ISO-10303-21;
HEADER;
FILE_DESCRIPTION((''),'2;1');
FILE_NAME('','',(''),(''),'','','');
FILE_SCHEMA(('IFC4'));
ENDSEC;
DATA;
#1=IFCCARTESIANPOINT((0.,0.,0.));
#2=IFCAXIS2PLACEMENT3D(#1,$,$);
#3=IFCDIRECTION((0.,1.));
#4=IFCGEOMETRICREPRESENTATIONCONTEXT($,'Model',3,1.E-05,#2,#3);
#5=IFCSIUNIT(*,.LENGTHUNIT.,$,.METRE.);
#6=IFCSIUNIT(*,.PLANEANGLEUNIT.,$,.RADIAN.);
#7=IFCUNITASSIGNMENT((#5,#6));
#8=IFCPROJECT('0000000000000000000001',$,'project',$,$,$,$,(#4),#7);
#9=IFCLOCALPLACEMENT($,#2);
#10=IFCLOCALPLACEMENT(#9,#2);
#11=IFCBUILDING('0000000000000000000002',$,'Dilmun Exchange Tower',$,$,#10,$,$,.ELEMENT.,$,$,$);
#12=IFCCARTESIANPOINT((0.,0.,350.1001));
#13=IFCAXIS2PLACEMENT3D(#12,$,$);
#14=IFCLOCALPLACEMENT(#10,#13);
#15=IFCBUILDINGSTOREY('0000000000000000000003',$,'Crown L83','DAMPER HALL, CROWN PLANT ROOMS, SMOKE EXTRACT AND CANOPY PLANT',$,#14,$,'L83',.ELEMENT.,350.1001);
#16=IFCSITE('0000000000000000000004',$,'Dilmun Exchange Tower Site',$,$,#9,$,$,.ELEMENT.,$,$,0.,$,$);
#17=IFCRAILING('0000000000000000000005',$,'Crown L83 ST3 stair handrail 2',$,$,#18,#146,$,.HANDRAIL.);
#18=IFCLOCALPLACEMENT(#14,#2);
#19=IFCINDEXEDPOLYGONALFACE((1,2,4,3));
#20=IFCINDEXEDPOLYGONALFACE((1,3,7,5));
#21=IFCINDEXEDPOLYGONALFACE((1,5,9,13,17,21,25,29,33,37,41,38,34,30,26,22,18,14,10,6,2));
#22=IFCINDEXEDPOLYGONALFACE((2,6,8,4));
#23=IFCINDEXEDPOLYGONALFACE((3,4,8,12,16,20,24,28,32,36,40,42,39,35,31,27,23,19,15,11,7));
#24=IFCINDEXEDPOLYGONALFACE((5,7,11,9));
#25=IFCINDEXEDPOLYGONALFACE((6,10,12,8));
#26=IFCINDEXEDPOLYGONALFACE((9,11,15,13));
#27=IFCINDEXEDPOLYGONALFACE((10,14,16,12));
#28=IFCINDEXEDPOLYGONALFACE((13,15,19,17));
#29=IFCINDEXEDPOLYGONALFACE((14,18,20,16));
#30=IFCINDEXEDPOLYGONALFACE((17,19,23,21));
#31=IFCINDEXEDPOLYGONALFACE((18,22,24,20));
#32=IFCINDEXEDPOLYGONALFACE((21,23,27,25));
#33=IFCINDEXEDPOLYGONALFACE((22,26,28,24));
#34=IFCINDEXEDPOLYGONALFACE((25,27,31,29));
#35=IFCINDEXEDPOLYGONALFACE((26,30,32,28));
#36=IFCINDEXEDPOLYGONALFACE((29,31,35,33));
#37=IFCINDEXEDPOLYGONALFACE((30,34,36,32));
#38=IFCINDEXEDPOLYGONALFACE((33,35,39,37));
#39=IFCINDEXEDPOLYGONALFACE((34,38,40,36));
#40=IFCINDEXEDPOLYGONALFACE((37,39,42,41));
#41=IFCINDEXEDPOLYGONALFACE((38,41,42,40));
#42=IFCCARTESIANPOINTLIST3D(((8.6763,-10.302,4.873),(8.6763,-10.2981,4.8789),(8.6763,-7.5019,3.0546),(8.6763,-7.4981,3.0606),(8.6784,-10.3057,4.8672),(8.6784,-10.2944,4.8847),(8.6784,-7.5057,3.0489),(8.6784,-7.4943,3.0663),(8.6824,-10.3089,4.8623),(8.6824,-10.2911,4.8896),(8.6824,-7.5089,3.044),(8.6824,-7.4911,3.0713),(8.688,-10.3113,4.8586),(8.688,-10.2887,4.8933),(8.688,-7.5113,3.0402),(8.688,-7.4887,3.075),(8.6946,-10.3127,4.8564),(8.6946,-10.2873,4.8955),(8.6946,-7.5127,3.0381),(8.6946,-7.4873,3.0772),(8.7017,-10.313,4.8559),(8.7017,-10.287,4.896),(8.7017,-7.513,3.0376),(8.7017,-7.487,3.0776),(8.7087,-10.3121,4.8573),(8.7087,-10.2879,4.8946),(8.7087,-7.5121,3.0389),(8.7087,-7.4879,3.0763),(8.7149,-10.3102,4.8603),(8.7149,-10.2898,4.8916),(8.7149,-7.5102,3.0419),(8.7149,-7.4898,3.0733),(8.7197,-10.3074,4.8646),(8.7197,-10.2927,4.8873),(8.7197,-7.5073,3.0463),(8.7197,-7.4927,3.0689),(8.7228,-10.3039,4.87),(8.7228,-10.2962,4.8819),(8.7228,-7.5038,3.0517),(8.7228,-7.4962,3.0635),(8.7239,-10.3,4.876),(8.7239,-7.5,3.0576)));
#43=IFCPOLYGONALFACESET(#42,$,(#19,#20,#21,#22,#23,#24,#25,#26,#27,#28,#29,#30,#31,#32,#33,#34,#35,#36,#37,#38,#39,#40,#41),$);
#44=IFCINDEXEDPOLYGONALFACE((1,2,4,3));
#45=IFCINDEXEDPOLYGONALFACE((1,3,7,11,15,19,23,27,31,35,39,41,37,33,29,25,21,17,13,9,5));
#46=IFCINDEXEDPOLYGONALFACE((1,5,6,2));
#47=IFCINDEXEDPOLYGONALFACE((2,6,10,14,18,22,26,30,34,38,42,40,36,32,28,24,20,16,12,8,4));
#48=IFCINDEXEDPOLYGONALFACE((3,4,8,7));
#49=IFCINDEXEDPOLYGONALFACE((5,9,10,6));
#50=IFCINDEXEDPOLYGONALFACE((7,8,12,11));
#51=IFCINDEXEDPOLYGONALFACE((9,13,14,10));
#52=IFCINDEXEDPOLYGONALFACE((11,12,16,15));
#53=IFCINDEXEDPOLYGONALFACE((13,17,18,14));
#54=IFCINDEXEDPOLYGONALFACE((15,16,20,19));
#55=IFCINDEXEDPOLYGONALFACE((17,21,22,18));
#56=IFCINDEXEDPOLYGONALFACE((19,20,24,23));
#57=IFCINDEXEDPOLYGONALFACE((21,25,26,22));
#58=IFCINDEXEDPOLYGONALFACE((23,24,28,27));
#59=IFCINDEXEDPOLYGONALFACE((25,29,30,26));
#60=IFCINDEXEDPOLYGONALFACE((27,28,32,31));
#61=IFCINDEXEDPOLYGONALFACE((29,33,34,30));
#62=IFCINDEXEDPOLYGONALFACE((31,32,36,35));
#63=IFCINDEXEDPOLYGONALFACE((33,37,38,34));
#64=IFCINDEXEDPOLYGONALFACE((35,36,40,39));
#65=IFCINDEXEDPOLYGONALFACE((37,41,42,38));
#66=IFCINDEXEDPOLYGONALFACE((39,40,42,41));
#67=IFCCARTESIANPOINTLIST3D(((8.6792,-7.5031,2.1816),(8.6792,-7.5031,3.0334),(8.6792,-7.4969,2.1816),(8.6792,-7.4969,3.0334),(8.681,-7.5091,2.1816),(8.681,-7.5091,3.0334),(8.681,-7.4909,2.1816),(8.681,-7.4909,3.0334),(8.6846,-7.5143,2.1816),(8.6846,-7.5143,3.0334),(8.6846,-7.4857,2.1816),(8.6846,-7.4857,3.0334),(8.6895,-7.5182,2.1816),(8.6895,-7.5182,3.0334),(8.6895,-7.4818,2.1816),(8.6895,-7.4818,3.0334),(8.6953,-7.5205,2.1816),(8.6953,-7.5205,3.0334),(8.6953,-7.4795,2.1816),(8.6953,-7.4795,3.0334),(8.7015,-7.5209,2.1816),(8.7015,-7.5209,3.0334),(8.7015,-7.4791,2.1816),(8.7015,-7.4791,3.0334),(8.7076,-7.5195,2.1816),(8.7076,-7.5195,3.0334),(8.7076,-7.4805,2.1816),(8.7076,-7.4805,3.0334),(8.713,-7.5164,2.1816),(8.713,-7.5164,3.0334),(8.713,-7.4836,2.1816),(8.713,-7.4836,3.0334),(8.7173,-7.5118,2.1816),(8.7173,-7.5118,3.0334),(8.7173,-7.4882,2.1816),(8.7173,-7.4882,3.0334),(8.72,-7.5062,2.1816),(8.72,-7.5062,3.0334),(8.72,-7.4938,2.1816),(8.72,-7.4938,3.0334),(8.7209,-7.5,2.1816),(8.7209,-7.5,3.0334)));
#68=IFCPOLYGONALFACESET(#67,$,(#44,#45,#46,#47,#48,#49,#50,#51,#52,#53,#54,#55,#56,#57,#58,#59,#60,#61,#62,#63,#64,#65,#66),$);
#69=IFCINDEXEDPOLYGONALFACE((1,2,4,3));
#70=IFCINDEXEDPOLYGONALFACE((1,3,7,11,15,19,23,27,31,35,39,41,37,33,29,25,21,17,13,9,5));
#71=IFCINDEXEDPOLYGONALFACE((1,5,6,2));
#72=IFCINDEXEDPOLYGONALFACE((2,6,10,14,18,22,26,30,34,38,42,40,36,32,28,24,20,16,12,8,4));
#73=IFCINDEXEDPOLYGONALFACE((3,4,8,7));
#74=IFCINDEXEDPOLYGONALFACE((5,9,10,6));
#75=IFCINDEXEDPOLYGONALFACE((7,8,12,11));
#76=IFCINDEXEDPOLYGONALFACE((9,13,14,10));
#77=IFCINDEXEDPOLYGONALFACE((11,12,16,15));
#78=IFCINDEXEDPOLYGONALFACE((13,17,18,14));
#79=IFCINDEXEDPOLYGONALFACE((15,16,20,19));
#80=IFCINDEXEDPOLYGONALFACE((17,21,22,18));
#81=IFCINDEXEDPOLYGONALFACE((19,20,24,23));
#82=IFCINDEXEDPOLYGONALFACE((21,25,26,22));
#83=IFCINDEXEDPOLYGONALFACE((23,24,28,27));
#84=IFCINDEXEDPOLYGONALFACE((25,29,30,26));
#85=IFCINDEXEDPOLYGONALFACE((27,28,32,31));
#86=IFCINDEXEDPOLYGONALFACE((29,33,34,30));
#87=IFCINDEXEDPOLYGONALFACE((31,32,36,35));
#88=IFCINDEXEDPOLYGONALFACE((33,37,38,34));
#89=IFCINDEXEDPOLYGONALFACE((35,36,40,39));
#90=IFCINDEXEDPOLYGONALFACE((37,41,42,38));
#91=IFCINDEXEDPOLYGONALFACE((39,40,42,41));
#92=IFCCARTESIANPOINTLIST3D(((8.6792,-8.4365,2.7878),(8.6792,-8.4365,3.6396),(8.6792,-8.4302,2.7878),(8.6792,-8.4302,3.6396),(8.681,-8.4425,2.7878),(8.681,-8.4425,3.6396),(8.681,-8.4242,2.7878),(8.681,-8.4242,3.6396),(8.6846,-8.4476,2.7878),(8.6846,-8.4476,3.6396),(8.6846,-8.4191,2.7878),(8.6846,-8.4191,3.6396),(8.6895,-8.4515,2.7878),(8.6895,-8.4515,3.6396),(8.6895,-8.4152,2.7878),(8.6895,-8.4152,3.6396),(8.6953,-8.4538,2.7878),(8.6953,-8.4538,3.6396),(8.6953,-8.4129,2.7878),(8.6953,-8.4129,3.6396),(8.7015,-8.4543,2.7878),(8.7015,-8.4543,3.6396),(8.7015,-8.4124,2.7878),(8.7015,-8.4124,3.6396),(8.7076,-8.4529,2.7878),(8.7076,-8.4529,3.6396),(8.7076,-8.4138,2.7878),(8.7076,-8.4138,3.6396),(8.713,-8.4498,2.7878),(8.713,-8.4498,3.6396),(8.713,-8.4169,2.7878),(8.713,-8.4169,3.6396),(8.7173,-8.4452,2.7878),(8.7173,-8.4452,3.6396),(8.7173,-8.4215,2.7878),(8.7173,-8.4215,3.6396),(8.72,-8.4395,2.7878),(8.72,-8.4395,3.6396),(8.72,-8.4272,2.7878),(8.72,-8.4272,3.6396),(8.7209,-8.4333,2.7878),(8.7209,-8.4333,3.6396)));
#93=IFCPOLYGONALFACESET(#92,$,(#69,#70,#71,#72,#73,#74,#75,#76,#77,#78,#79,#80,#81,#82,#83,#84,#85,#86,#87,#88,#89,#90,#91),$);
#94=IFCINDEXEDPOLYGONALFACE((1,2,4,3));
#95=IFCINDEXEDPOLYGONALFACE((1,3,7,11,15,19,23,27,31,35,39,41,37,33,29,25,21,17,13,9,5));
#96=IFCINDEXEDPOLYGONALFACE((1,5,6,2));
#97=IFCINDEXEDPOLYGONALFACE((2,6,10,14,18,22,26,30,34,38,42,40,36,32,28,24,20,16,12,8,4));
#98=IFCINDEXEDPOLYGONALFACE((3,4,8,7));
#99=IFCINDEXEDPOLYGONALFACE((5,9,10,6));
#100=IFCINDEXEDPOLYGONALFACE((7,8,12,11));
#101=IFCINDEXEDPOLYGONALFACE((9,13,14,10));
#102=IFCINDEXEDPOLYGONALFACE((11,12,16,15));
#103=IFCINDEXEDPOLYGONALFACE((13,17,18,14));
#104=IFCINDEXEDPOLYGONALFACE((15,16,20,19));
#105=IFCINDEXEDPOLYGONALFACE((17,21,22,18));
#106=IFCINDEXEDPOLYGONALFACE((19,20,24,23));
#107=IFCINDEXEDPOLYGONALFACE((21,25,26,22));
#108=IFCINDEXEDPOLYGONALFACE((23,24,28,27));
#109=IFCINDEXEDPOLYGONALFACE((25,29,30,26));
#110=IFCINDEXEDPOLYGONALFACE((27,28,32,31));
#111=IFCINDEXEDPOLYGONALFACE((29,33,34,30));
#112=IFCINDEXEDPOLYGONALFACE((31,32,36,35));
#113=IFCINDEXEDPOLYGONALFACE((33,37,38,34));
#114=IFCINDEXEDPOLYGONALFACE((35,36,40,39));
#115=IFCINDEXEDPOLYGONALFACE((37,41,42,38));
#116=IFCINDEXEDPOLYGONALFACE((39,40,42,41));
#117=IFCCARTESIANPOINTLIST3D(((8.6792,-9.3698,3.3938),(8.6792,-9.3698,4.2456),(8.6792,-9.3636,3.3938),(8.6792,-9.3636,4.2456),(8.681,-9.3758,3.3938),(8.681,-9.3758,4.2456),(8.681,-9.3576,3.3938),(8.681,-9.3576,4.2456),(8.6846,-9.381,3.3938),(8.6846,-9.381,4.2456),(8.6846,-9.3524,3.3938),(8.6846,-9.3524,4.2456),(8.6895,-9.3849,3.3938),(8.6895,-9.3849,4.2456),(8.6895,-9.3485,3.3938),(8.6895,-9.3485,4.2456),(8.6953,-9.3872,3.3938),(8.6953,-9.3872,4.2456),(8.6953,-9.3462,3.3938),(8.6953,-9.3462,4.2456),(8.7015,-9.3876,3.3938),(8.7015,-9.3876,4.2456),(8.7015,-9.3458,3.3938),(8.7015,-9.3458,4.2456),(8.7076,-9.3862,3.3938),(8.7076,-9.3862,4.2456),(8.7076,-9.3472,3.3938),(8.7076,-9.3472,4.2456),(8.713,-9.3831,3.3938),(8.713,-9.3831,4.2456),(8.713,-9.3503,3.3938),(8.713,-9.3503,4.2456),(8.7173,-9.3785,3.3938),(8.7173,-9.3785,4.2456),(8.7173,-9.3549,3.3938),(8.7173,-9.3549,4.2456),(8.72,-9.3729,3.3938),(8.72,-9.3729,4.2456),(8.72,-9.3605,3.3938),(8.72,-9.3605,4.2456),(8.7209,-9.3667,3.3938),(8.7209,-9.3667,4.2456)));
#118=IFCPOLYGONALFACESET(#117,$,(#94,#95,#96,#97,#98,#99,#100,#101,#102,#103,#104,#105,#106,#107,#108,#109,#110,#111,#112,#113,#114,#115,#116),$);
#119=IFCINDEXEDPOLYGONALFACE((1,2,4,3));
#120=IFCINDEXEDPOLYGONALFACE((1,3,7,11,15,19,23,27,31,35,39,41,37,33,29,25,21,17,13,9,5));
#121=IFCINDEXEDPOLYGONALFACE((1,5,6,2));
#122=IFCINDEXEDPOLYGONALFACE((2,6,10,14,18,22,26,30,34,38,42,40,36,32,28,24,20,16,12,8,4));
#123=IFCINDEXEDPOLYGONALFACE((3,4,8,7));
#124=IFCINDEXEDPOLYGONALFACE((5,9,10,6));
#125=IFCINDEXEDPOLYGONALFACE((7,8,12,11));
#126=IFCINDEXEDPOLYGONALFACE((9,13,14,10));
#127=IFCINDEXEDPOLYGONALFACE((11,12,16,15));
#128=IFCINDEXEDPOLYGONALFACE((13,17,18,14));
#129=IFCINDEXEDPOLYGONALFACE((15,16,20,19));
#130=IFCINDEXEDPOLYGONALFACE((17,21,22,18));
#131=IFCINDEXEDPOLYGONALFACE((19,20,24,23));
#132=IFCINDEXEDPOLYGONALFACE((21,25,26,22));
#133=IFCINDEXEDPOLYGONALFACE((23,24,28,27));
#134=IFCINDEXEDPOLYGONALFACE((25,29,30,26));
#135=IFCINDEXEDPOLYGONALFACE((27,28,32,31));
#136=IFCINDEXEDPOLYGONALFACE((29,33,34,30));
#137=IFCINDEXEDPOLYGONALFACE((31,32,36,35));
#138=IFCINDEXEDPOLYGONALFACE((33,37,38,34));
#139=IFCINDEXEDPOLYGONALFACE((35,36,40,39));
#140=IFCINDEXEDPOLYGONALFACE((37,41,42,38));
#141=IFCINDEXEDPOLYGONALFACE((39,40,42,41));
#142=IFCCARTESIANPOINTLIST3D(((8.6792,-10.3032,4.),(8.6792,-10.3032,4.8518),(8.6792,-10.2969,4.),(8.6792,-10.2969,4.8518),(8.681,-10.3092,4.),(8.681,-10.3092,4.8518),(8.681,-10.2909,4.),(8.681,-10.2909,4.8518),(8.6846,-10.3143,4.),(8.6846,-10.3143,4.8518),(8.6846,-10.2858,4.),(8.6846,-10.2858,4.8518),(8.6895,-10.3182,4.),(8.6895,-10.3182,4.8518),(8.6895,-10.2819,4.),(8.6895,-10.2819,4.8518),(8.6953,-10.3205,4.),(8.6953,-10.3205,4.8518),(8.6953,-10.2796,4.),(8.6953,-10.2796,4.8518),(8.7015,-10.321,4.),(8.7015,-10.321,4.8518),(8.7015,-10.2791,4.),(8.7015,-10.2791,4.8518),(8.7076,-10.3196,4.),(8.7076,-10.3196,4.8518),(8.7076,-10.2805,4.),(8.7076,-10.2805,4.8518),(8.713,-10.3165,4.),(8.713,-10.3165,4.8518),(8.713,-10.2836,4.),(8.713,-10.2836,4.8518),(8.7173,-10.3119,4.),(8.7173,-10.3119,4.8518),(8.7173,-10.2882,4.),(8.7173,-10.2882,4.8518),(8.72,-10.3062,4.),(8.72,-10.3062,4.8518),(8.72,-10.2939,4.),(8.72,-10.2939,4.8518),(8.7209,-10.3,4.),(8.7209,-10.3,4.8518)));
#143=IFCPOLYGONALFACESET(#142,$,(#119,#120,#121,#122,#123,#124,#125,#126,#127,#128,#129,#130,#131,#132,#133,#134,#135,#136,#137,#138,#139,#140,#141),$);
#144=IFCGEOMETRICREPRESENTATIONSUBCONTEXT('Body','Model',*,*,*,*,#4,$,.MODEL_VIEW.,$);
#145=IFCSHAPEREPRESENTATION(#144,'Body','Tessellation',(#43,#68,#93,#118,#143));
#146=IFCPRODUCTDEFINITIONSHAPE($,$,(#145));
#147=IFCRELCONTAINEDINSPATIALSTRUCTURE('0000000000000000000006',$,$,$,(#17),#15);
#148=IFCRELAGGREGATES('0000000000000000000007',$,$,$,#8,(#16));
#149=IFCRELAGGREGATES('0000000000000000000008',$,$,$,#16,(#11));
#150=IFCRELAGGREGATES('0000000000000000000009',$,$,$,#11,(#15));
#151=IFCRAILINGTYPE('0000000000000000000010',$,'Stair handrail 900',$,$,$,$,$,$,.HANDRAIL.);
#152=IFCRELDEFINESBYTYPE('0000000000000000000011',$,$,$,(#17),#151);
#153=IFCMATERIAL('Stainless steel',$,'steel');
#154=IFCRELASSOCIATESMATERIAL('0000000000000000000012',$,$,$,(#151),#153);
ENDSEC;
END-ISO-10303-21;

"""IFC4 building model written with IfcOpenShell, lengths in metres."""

from ifc_helpers import new_model, si_unit, direction, frame, origin, origin_2d, place, context, subcontext, project, spatial, circle, extrude, material, type_object, element, save


model = new_model("IFC4")

# Units and contexts
model_context = context("Model", 3, precision=1e-05, world=origin(), true_north=direction((0.0, 1.0)))
body_context = subcontext(model_context, "Body", "Model", "MODEL_VIEW")
ifc_project = project(units=[si_unit("LENGTHUNIT", "METRE"), si_unit("PLANEANGLEUNIT", "RADIAN")], contexts=[model_context])

# Site, building, storey
site_placement = place(None, origin())
site = spatial("IfcSite", under=ifc_project, at=site_placement, Name="Dilmun Exchange Tower Site", CompositionType="ELEMENT", RefElevation=0.0)
building_placement = place(site_placement, origin())
building = spatial("IfcBuilding", under=site, at=building_placement, Name="Dilmun Exchange Tower", CompositionType="ELEMENT")
storey_placement = place(building_placement, frame((0.0, 0.0, 350.1001)))
storey = spatial("IfcBuildingStorey", under=building, at=storey_placement, Name="Crown L83", Description="DAMPER HALL, CROWN PLANT ROOMS, SMOKE EXTRACT AND CANOPY PLANT", LongName="L83", CompositionType="ELEMENT", Elevation=350.1001)

# Railing
ifc_material_1 = material(Name="Stainless steel", Category="steel")
railing_type = type_object("IfcRailingType", Name="Stair handrail 900", PredefinedType="HANDRAIL", material=ifc_material_1)
railing_1_placement = place(storey_placement, frame((8.7, -7.5, 2.1816)))
element("IfcRailing", 1, at=railing_1_placement, inside=storey, type_object=railing_type, Name="Crown L83 ST3 stair handrail 2", PredefinedType="HANDRAIL", context=body_context, shape_type="SweptSolid", body=[
    extrude(circle(Radius=0.0239, at=origin_2d()), frame((0.0, 0.0, 0.876), z_axis=(0.0, -0.838672, 0.544636), x_axis=(1.0, 0.0, 0.0)), (0.0, 0.0, 1.0), 3.3386),
    extrude(circle(Radius=0.021, at=origin_2d()), origin(), (0.0, 0.0, 1.0), 0.8518),
    extrude(circle(Radius=0.021, at=origin_2d()), frame((0.0, -0.9333, 0.6062)), (0.0, 0.0, 1.0), 0.8518),
    extrude(circle(Radius=0.021, at=origin_2d()), frame((0.0, -1.8667, 1.2122)), (0.0, 0.0, 1.0), 0.8518),
    extrude(circle(Radius=0.021, at=origin_2d()), frame((0.0, -2.8, 1.8184)), (0.0, 0.0, 1.0), 0.8518),
])

save(model, "model.ifc")
